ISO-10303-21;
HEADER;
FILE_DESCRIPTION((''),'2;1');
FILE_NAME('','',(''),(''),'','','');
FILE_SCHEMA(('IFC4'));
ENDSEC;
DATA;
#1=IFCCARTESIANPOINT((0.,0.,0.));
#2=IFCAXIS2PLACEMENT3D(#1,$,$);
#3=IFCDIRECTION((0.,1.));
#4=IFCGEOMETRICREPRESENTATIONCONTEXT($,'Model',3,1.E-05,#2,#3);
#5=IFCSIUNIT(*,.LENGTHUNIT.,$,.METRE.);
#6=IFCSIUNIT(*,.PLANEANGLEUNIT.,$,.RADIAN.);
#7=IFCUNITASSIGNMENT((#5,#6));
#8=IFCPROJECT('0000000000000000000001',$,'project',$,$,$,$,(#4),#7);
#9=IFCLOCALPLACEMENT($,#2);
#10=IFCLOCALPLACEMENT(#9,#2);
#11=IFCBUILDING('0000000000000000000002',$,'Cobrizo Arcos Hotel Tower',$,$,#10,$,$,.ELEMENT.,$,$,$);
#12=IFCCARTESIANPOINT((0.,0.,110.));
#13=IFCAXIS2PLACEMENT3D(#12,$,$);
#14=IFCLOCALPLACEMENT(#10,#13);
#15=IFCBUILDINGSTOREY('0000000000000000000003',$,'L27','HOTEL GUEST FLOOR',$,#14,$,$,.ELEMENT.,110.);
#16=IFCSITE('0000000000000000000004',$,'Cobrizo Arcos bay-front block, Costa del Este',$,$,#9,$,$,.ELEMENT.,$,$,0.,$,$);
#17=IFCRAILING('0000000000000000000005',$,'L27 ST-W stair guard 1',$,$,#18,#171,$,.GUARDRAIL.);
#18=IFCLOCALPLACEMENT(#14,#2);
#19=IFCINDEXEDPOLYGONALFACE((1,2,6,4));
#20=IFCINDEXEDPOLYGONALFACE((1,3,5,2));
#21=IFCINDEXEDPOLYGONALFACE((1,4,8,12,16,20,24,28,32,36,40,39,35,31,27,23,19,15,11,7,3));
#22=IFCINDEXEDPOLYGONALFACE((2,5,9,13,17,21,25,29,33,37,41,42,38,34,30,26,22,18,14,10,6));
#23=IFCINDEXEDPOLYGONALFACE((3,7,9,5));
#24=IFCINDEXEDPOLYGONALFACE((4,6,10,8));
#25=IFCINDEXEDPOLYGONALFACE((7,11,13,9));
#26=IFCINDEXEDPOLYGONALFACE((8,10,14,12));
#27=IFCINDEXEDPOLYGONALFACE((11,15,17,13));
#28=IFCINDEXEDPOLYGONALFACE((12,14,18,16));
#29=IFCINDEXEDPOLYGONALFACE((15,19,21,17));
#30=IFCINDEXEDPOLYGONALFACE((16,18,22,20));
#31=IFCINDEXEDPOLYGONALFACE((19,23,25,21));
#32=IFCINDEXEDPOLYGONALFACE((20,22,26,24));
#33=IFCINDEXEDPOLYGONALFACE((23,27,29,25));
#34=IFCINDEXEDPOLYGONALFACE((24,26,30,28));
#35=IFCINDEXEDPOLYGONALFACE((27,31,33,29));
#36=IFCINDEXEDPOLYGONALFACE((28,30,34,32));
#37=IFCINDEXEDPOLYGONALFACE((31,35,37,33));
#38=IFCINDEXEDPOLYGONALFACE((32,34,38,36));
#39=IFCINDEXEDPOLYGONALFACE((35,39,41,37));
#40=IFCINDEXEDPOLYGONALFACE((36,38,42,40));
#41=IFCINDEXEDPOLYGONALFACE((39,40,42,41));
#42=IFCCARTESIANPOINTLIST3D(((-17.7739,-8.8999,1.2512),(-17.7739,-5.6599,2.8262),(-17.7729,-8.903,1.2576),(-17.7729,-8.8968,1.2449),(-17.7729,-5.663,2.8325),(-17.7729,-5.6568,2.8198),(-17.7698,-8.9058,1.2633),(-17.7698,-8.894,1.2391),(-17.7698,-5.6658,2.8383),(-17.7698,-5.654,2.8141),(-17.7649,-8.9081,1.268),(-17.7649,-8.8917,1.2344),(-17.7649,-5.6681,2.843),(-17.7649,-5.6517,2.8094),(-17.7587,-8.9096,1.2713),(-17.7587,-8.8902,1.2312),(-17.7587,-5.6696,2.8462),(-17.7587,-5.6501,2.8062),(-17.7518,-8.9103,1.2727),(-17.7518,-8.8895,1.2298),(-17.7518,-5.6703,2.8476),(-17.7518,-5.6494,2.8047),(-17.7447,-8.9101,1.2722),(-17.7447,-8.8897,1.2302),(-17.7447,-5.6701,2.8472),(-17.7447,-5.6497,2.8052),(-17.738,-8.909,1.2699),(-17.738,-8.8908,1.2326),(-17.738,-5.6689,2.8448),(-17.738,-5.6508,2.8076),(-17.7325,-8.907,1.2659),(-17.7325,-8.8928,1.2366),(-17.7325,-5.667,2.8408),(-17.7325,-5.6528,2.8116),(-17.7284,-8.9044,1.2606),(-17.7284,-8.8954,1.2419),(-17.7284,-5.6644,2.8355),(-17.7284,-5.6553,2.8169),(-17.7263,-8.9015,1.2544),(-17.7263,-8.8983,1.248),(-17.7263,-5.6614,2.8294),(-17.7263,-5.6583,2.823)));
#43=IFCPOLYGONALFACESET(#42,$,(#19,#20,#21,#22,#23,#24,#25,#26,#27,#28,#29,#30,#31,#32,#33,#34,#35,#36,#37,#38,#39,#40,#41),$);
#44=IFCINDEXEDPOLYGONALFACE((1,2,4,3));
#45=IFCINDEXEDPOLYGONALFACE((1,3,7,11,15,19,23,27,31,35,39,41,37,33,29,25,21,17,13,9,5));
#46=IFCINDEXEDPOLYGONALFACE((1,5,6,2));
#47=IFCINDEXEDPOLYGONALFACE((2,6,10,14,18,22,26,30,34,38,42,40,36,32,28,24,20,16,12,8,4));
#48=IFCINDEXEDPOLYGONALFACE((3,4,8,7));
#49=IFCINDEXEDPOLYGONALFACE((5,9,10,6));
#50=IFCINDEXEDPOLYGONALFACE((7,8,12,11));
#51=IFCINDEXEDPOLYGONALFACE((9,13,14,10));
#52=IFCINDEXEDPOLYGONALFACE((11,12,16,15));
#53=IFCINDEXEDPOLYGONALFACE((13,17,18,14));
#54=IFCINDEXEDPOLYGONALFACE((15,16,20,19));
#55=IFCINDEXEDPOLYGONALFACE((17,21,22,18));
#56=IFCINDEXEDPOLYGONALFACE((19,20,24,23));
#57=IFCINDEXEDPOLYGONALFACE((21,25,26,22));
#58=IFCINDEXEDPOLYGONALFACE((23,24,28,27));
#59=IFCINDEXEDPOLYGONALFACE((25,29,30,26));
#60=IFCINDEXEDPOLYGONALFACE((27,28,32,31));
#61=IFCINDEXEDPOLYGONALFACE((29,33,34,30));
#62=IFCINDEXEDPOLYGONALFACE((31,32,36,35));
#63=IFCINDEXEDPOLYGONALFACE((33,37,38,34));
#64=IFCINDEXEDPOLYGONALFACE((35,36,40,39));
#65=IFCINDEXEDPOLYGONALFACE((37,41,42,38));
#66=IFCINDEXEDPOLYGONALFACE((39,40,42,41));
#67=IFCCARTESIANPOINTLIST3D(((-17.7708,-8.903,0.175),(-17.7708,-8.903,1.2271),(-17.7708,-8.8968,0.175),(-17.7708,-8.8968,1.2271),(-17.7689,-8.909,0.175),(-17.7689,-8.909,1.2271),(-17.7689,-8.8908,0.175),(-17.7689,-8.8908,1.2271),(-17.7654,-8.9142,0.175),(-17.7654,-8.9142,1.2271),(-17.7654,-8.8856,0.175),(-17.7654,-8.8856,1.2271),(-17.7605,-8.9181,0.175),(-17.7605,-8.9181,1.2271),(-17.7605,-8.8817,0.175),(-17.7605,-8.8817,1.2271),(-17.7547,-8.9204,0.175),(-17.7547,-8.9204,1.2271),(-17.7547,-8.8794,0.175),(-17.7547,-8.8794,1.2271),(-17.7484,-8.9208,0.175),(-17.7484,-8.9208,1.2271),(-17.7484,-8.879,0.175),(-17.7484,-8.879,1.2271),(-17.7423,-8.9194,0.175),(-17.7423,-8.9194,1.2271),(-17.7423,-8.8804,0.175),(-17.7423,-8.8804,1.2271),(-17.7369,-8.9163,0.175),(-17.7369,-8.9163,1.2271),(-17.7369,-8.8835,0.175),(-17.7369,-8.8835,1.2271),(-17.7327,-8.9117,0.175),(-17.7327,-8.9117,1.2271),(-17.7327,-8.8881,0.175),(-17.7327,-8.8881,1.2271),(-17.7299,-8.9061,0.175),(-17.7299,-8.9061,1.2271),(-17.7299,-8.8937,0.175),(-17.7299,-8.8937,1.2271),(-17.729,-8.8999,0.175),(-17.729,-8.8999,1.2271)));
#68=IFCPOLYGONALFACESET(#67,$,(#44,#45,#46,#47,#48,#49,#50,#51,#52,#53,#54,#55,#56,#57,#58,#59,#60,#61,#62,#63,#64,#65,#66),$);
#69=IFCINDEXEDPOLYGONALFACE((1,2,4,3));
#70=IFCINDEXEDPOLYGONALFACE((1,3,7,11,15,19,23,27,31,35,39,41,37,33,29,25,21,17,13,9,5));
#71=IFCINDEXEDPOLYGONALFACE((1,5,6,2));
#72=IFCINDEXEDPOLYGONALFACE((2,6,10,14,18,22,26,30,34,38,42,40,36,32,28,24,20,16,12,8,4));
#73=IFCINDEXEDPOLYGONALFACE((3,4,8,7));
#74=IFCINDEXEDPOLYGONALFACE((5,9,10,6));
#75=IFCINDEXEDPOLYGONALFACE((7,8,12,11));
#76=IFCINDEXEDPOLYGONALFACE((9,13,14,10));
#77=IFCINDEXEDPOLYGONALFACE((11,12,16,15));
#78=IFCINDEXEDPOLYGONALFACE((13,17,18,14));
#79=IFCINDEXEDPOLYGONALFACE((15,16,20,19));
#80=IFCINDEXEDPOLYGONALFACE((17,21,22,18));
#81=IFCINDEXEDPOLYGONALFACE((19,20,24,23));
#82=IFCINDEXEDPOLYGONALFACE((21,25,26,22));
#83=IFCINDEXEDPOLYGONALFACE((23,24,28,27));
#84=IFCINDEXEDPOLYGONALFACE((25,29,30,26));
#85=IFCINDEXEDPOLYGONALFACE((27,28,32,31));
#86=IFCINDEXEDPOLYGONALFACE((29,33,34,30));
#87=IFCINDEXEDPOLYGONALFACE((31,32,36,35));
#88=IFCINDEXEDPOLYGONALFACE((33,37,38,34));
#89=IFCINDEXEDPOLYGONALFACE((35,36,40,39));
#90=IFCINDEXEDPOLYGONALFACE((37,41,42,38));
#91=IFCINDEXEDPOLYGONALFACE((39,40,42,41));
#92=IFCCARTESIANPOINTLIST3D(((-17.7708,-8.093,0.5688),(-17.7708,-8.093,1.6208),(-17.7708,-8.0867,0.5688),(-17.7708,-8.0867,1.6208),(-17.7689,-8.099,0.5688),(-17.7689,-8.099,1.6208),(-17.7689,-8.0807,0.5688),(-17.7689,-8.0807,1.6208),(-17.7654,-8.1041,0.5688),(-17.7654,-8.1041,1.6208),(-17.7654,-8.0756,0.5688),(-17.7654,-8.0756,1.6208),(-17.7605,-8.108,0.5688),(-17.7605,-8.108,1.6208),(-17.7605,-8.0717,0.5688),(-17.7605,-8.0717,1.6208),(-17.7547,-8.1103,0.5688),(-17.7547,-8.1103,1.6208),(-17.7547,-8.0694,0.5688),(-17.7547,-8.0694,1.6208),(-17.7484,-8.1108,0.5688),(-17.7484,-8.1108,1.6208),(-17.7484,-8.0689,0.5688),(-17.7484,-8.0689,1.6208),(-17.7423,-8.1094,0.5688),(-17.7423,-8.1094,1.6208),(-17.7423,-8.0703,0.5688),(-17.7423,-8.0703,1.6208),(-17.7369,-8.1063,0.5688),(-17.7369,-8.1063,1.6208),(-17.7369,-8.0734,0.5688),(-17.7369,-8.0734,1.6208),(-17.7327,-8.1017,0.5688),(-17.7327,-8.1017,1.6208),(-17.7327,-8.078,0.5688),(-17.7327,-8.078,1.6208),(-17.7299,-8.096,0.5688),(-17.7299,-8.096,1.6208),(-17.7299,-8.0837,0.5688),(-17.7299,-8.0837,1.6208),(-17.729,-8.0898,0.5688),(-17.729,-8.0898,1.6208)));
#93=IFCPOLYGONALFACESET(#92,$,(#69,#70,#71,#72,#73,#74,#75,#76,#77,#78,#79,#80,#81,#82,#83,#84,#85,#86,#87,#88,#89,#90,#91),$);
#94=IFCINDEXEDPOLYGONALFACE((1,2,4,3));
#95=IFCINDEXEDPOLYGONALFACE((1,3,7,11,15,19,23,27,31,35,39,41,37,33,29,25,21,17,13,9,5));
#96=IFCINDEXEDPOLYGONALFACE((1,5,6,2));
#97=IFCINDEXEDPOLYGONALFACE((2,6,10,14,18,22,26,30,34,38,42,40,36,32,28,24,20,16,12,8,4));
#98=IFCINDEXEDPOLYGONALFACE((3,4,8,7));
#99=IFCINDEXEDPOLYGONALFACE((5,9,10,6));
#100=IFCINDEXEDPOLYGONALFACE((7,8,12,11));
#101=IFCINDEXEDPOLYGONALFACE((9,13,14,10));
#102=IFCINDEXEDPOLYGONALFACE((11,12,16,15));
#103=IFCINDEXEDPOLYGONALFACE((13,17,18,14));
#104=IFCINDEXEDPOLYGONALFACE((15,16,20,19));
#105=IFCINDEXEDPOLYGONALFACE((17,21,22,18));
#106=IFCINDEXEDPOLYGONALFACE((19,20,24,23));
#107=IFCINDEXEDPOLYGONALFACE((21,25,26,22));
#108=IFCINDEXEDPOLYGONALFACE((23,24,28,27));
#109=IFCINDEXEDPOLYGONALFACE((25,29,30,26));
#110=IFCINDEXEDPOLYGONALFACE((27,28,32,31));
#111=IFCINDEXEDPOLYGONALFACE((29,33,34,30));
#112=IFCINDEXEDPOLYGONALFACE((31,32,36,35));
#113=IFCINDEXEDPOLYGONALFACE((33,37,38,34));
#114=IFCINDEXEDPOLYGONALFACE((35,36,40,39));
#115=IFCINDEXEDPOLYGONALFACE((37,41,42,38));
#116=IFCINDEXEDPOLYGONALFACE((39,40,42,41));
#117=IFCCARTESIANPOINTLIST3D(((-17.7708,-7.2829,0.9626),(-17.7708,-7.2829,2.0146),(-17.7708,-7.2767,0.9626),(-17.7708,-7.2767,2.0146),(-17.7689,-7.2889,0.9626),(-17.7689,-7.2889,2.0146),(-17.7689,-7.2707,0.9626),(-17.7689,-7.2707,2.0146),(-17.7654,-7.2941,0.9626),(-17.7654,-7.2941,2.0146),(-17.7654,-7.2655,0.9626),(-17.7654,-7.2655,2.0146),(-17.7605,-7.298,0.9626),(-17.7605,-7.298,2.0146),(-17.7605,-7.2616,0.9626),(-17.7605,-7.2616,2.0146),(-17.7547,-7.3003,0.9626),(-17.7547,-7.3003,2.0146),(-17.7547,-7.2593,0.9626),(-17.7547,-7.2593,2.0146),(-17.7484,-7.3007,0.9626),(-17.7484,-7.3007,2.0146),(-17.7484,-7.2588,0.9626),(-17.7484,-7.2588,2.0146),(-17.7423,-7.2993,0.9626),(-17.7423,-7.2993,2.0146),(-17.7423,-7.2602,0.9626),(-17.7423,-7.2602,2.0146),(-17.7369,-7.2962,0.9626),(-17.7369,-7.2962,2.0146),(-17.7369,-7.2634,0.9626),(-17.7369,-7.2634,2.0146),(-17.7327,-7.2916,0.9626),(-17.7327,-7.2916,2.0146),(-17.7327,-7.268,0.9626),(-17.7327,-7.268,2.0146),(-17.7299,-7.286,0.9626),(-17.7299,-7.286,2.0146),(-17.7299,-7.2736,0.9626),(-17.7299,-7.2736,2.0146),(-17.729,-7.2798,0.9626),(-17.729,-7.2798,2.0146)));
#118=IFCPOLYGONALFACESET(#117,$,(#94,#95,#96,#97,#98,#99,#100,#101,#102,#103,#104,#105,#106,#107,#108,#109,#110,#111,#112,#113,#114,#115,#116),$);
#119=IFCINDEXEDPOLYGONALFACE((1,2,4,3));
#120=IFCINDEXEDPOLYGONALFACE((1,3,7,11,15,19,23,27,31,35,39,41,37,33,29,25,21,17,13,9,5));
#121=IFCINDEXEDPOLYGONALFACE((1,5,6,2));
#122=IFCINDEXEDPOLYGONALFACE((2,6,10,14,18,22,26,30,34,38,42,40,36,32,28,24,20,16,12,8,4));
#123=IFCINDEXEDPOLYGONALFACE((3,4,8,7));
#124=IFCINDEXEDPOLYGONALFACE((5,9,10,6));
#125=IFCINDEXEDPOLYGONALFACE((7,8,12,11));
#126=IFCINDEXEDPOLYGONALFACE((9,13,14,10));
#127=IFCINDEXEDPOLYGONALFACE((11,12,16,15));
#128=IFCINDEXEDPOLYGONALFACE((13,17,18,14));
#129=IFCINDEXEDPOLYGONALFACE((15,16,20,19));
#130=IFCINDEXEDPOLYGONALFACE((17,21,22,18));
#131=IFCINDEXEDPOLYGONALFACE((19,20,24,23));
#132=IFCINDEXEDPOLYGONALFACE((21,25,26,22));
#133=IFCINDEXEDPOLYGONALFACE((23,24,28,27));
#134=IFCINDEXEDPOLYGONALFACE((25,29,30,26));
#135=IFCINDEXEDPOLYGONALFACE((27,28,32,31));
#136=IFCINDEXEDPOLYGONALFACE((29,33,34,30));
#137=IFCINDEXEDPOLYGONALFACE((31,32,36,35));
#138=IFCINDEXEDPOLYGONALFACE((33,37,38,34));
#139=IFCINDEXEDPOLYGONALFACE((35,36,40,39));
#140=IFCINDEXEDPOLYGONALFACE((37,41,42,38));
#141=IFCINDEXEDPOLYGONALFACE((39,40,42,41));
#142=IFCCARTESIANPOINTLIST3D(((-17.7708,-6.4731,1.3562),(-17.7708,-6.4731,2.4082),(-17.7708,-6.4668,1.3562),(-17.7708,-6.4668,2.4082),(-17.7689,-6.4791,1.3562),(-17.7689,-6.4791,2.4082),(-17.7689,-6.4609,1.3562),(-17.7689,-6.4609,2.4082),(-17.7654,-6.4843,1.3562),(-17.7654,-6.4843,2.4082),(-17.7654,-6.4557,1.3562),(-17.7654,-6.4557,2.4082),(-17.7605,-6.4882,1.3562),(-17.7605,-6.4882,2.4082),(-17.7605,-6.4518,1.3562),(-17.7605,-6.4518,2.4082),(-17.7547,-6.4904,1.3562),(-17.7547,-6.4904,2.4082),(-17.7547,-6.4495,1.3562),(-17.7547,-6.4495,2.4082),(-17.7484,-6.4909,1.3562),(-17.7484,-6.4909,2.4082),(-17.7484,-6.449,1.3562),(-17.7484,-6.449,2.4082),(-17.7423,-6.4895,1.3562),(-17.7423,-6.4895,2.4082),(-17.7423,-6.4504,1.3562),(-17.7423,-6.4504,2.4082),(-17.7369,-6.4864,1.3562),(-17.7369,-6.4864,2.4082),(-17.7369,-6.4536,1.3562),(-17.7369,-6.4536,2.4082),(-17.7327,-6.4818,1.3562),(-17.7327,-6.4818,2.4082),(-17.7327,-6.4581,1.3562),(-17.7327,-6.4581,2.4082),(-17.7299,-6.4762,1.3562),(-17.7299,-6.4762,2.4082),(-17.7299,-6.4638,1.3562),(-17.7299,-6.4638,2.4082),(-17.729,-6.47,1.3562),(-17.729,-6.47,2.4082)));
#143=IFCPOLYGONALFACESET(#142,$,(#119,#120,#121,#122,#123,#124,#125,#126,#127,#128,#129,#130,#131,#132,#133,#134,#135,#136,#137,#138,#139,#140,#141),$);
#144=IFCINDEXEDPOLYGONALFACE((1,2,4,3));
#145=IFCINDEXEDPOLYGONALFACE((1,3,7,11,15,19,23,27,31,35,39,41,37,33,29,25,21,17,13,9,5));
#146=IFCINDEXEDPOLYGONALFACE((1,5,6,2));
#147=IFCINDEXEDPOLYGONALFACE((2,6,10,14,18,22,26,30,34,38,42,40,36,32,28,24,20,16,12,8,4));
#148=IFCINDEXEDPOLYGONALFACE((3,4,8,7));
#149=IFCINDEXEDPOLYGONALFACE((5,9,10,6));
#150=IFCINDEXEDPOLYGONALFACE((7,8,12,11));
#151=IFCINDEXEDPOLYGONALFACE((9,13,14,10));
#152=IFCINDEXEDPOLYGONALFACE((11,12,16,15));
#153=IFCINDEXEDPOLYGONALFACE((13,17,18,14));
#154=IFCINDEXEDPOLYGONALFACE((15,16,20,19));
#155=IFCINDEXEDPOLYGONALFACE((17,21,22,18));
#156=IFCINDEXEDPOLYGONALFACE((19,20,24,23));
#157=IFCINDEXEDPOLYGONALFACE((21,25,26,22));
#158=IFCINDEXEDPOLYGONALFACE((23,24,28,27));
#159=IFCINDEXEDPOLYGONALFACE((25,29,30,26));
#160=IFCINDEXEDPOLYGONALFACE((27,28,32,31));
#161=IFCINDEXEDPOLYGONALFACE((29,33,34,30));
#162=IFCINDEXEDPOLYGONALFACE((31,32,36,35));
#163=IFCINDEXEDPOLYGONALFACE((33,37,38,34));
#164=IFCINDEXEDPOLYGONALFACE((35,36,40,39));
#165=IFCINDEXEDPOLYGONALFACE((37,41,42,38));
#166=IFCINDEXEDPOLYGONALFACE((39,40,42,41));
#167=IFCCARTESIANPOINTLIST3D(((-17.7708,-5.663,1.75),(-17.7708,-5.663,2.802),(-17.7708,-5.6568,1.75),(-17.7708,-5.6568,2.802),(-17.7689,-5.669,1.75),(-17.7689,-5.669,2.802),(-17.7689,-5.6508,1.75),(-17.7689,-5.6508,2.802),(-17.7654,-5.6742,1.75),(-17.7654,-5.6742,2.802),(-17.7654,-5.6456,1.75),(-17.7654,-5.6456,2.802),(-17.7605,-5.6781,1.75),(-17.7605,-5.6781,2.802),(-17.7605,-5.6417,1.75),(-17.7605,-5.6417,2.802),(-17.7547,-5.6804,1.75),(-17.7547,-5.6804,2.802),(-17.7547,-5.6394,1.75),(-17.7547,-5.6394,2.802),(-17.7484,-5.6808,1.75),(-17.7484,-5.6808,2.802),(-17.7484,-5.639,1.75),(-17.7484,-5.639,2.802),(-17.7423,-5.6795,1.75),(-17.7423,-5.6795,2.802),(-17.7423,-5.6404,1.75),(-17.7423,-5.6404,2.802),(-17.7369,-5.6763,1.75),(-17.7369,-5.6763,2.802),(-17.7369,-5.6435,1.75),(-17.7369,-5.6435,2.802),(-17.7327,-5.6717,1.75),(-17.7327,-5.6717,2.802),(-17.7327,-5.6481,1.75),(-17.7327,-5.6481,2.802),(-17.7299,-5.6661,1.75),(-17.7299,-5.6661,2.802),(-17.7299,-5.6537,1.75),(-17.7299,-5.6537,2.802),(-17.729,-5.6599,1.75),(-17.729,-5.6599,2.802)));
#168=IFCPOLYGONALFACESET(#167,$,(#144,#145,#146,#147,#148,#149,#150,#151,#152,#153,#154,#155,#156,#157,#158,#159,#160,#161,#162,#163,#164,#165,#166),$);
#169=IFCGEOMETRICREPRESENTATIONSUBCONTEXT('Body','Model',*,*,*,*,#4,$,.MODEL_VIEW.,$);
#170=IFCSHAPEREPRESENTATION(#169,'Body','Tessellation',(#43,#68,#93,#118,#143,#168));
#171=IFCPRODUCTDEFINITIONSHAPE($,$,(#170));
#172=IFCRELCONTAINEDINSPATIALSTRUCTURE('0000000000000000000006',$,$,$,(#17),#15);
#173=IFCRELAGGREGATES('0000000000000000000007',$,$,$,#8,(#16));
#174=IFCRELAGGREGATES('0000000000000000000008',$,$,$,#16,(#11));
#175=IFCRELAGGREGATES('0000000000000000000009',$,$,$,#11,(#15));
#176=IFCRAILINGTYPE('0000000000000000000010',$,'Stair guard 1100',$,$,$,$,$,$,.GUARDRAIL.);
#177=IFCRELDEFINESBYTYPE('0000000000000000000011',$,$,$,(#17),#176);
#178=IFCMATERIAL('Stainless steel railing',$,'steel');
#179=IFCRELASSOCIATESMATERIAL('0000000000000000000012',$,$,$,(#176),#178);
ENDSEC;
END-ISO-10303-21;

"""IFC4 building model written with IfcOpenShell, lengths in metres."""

from ifc_helpers import new_model, si_unit, direction, frame, origin, origin_2d, place, context, subcontext, project, spatial, circle, extrude, material, type_object, element, save


model = new_model("IFC4")

# Units and contexts
model_context = context("Model", 3, precision=1e-05, world=origin(), true_north=direction((0.0, 1.0)))
body_context = subcontext(model_context, "Body", "Model", "MODEL_VIEW")
ifc_project = project(units=[si_unit("LENGTHUNIT", "METRE"), si_unit("PLANEANGLEUNIT", "RADIAN")], contexts=[model_context])

# Site, building, storey
site_placement = place(None, origin())
site = spatial("IfcSite", under=ifc_project, at=site_placement, Name="Cobrizo Arcos bay-front block, Costa del Este", CompositionType="ELEMENT", RefElevation=0.0)
building_placement = place(site_placement, origin())
building = spatial("IfcBuilding", under=site, at=building_placement, Name="Cobrizo Arcos Hotel Tower", CompositionType="ELEMENT")
storey_placement = place(building_placement, frame((0.0, 0.0, 110.0)))
storey = spatial("IfcBuildingStorey", under=building, at=storey_placement, Name="L27", Description="HOTEL GUEST FLOOR", CompositionType="ELEMENT", Elevation=110.0)

# Railing
ifc_material_1 = material(Name="Stainless steel railing", Category="steel")
railing_type = type_object("IfcRailingType", Name="Stair guard 1100", PredefinedType="GUARDRAIL", material=ifc_material_1)
railing_1_placement = place(storey_placement, frame((-17.75, -8.8999, 0.175)))
element("IfcRailing", 1, at=railing_1_placement, inside=storey, type_object=railing_type, Name="L27 ST-W stair guard 1", PredefinedType="GUARDRAIL", context=body_context, shape_type="SweptSolid", body=[
    extrude(circle(Radius=0.0239, at=origin_2d()), frame((0.0, 0.0, 1.0762), z_axis=(0.0, 0.899373, 0.437183), x_axis=(-1.0, 0.0, 0.0)), (0.0, 0.0, 1.0), 3.6025),
    extrude(circle(Radius=0.021, at=origin_2d()), origin(), (0.0, 0.0, 1.0), 1.052),
    extrude(circle(Radius=0.021, at=origin_2d()), frame((0.0, 0.8101, 0.3938)), (0.0, 0.0, 1.0), 1.052),
    extrude(circle(Radius=0.021, at=origin_2d()), frame((0.0, 1.6201, 0.7876)), (0.0, 0.0, 1.0), 1.052),
    extrude(circle(Radius=0.021, at=origin_2d()), frame((0.0, 2.4299, 1.1812)), (0.0, 0.0, 1.0), 1.052),
    extrude(circle(Radius=0.021, at=origin_2d()), frame((0.0, 3.24, 1.575)), (0.0, 0.0, 1.0), 1.052),
])

save(model, "model.ifc")
